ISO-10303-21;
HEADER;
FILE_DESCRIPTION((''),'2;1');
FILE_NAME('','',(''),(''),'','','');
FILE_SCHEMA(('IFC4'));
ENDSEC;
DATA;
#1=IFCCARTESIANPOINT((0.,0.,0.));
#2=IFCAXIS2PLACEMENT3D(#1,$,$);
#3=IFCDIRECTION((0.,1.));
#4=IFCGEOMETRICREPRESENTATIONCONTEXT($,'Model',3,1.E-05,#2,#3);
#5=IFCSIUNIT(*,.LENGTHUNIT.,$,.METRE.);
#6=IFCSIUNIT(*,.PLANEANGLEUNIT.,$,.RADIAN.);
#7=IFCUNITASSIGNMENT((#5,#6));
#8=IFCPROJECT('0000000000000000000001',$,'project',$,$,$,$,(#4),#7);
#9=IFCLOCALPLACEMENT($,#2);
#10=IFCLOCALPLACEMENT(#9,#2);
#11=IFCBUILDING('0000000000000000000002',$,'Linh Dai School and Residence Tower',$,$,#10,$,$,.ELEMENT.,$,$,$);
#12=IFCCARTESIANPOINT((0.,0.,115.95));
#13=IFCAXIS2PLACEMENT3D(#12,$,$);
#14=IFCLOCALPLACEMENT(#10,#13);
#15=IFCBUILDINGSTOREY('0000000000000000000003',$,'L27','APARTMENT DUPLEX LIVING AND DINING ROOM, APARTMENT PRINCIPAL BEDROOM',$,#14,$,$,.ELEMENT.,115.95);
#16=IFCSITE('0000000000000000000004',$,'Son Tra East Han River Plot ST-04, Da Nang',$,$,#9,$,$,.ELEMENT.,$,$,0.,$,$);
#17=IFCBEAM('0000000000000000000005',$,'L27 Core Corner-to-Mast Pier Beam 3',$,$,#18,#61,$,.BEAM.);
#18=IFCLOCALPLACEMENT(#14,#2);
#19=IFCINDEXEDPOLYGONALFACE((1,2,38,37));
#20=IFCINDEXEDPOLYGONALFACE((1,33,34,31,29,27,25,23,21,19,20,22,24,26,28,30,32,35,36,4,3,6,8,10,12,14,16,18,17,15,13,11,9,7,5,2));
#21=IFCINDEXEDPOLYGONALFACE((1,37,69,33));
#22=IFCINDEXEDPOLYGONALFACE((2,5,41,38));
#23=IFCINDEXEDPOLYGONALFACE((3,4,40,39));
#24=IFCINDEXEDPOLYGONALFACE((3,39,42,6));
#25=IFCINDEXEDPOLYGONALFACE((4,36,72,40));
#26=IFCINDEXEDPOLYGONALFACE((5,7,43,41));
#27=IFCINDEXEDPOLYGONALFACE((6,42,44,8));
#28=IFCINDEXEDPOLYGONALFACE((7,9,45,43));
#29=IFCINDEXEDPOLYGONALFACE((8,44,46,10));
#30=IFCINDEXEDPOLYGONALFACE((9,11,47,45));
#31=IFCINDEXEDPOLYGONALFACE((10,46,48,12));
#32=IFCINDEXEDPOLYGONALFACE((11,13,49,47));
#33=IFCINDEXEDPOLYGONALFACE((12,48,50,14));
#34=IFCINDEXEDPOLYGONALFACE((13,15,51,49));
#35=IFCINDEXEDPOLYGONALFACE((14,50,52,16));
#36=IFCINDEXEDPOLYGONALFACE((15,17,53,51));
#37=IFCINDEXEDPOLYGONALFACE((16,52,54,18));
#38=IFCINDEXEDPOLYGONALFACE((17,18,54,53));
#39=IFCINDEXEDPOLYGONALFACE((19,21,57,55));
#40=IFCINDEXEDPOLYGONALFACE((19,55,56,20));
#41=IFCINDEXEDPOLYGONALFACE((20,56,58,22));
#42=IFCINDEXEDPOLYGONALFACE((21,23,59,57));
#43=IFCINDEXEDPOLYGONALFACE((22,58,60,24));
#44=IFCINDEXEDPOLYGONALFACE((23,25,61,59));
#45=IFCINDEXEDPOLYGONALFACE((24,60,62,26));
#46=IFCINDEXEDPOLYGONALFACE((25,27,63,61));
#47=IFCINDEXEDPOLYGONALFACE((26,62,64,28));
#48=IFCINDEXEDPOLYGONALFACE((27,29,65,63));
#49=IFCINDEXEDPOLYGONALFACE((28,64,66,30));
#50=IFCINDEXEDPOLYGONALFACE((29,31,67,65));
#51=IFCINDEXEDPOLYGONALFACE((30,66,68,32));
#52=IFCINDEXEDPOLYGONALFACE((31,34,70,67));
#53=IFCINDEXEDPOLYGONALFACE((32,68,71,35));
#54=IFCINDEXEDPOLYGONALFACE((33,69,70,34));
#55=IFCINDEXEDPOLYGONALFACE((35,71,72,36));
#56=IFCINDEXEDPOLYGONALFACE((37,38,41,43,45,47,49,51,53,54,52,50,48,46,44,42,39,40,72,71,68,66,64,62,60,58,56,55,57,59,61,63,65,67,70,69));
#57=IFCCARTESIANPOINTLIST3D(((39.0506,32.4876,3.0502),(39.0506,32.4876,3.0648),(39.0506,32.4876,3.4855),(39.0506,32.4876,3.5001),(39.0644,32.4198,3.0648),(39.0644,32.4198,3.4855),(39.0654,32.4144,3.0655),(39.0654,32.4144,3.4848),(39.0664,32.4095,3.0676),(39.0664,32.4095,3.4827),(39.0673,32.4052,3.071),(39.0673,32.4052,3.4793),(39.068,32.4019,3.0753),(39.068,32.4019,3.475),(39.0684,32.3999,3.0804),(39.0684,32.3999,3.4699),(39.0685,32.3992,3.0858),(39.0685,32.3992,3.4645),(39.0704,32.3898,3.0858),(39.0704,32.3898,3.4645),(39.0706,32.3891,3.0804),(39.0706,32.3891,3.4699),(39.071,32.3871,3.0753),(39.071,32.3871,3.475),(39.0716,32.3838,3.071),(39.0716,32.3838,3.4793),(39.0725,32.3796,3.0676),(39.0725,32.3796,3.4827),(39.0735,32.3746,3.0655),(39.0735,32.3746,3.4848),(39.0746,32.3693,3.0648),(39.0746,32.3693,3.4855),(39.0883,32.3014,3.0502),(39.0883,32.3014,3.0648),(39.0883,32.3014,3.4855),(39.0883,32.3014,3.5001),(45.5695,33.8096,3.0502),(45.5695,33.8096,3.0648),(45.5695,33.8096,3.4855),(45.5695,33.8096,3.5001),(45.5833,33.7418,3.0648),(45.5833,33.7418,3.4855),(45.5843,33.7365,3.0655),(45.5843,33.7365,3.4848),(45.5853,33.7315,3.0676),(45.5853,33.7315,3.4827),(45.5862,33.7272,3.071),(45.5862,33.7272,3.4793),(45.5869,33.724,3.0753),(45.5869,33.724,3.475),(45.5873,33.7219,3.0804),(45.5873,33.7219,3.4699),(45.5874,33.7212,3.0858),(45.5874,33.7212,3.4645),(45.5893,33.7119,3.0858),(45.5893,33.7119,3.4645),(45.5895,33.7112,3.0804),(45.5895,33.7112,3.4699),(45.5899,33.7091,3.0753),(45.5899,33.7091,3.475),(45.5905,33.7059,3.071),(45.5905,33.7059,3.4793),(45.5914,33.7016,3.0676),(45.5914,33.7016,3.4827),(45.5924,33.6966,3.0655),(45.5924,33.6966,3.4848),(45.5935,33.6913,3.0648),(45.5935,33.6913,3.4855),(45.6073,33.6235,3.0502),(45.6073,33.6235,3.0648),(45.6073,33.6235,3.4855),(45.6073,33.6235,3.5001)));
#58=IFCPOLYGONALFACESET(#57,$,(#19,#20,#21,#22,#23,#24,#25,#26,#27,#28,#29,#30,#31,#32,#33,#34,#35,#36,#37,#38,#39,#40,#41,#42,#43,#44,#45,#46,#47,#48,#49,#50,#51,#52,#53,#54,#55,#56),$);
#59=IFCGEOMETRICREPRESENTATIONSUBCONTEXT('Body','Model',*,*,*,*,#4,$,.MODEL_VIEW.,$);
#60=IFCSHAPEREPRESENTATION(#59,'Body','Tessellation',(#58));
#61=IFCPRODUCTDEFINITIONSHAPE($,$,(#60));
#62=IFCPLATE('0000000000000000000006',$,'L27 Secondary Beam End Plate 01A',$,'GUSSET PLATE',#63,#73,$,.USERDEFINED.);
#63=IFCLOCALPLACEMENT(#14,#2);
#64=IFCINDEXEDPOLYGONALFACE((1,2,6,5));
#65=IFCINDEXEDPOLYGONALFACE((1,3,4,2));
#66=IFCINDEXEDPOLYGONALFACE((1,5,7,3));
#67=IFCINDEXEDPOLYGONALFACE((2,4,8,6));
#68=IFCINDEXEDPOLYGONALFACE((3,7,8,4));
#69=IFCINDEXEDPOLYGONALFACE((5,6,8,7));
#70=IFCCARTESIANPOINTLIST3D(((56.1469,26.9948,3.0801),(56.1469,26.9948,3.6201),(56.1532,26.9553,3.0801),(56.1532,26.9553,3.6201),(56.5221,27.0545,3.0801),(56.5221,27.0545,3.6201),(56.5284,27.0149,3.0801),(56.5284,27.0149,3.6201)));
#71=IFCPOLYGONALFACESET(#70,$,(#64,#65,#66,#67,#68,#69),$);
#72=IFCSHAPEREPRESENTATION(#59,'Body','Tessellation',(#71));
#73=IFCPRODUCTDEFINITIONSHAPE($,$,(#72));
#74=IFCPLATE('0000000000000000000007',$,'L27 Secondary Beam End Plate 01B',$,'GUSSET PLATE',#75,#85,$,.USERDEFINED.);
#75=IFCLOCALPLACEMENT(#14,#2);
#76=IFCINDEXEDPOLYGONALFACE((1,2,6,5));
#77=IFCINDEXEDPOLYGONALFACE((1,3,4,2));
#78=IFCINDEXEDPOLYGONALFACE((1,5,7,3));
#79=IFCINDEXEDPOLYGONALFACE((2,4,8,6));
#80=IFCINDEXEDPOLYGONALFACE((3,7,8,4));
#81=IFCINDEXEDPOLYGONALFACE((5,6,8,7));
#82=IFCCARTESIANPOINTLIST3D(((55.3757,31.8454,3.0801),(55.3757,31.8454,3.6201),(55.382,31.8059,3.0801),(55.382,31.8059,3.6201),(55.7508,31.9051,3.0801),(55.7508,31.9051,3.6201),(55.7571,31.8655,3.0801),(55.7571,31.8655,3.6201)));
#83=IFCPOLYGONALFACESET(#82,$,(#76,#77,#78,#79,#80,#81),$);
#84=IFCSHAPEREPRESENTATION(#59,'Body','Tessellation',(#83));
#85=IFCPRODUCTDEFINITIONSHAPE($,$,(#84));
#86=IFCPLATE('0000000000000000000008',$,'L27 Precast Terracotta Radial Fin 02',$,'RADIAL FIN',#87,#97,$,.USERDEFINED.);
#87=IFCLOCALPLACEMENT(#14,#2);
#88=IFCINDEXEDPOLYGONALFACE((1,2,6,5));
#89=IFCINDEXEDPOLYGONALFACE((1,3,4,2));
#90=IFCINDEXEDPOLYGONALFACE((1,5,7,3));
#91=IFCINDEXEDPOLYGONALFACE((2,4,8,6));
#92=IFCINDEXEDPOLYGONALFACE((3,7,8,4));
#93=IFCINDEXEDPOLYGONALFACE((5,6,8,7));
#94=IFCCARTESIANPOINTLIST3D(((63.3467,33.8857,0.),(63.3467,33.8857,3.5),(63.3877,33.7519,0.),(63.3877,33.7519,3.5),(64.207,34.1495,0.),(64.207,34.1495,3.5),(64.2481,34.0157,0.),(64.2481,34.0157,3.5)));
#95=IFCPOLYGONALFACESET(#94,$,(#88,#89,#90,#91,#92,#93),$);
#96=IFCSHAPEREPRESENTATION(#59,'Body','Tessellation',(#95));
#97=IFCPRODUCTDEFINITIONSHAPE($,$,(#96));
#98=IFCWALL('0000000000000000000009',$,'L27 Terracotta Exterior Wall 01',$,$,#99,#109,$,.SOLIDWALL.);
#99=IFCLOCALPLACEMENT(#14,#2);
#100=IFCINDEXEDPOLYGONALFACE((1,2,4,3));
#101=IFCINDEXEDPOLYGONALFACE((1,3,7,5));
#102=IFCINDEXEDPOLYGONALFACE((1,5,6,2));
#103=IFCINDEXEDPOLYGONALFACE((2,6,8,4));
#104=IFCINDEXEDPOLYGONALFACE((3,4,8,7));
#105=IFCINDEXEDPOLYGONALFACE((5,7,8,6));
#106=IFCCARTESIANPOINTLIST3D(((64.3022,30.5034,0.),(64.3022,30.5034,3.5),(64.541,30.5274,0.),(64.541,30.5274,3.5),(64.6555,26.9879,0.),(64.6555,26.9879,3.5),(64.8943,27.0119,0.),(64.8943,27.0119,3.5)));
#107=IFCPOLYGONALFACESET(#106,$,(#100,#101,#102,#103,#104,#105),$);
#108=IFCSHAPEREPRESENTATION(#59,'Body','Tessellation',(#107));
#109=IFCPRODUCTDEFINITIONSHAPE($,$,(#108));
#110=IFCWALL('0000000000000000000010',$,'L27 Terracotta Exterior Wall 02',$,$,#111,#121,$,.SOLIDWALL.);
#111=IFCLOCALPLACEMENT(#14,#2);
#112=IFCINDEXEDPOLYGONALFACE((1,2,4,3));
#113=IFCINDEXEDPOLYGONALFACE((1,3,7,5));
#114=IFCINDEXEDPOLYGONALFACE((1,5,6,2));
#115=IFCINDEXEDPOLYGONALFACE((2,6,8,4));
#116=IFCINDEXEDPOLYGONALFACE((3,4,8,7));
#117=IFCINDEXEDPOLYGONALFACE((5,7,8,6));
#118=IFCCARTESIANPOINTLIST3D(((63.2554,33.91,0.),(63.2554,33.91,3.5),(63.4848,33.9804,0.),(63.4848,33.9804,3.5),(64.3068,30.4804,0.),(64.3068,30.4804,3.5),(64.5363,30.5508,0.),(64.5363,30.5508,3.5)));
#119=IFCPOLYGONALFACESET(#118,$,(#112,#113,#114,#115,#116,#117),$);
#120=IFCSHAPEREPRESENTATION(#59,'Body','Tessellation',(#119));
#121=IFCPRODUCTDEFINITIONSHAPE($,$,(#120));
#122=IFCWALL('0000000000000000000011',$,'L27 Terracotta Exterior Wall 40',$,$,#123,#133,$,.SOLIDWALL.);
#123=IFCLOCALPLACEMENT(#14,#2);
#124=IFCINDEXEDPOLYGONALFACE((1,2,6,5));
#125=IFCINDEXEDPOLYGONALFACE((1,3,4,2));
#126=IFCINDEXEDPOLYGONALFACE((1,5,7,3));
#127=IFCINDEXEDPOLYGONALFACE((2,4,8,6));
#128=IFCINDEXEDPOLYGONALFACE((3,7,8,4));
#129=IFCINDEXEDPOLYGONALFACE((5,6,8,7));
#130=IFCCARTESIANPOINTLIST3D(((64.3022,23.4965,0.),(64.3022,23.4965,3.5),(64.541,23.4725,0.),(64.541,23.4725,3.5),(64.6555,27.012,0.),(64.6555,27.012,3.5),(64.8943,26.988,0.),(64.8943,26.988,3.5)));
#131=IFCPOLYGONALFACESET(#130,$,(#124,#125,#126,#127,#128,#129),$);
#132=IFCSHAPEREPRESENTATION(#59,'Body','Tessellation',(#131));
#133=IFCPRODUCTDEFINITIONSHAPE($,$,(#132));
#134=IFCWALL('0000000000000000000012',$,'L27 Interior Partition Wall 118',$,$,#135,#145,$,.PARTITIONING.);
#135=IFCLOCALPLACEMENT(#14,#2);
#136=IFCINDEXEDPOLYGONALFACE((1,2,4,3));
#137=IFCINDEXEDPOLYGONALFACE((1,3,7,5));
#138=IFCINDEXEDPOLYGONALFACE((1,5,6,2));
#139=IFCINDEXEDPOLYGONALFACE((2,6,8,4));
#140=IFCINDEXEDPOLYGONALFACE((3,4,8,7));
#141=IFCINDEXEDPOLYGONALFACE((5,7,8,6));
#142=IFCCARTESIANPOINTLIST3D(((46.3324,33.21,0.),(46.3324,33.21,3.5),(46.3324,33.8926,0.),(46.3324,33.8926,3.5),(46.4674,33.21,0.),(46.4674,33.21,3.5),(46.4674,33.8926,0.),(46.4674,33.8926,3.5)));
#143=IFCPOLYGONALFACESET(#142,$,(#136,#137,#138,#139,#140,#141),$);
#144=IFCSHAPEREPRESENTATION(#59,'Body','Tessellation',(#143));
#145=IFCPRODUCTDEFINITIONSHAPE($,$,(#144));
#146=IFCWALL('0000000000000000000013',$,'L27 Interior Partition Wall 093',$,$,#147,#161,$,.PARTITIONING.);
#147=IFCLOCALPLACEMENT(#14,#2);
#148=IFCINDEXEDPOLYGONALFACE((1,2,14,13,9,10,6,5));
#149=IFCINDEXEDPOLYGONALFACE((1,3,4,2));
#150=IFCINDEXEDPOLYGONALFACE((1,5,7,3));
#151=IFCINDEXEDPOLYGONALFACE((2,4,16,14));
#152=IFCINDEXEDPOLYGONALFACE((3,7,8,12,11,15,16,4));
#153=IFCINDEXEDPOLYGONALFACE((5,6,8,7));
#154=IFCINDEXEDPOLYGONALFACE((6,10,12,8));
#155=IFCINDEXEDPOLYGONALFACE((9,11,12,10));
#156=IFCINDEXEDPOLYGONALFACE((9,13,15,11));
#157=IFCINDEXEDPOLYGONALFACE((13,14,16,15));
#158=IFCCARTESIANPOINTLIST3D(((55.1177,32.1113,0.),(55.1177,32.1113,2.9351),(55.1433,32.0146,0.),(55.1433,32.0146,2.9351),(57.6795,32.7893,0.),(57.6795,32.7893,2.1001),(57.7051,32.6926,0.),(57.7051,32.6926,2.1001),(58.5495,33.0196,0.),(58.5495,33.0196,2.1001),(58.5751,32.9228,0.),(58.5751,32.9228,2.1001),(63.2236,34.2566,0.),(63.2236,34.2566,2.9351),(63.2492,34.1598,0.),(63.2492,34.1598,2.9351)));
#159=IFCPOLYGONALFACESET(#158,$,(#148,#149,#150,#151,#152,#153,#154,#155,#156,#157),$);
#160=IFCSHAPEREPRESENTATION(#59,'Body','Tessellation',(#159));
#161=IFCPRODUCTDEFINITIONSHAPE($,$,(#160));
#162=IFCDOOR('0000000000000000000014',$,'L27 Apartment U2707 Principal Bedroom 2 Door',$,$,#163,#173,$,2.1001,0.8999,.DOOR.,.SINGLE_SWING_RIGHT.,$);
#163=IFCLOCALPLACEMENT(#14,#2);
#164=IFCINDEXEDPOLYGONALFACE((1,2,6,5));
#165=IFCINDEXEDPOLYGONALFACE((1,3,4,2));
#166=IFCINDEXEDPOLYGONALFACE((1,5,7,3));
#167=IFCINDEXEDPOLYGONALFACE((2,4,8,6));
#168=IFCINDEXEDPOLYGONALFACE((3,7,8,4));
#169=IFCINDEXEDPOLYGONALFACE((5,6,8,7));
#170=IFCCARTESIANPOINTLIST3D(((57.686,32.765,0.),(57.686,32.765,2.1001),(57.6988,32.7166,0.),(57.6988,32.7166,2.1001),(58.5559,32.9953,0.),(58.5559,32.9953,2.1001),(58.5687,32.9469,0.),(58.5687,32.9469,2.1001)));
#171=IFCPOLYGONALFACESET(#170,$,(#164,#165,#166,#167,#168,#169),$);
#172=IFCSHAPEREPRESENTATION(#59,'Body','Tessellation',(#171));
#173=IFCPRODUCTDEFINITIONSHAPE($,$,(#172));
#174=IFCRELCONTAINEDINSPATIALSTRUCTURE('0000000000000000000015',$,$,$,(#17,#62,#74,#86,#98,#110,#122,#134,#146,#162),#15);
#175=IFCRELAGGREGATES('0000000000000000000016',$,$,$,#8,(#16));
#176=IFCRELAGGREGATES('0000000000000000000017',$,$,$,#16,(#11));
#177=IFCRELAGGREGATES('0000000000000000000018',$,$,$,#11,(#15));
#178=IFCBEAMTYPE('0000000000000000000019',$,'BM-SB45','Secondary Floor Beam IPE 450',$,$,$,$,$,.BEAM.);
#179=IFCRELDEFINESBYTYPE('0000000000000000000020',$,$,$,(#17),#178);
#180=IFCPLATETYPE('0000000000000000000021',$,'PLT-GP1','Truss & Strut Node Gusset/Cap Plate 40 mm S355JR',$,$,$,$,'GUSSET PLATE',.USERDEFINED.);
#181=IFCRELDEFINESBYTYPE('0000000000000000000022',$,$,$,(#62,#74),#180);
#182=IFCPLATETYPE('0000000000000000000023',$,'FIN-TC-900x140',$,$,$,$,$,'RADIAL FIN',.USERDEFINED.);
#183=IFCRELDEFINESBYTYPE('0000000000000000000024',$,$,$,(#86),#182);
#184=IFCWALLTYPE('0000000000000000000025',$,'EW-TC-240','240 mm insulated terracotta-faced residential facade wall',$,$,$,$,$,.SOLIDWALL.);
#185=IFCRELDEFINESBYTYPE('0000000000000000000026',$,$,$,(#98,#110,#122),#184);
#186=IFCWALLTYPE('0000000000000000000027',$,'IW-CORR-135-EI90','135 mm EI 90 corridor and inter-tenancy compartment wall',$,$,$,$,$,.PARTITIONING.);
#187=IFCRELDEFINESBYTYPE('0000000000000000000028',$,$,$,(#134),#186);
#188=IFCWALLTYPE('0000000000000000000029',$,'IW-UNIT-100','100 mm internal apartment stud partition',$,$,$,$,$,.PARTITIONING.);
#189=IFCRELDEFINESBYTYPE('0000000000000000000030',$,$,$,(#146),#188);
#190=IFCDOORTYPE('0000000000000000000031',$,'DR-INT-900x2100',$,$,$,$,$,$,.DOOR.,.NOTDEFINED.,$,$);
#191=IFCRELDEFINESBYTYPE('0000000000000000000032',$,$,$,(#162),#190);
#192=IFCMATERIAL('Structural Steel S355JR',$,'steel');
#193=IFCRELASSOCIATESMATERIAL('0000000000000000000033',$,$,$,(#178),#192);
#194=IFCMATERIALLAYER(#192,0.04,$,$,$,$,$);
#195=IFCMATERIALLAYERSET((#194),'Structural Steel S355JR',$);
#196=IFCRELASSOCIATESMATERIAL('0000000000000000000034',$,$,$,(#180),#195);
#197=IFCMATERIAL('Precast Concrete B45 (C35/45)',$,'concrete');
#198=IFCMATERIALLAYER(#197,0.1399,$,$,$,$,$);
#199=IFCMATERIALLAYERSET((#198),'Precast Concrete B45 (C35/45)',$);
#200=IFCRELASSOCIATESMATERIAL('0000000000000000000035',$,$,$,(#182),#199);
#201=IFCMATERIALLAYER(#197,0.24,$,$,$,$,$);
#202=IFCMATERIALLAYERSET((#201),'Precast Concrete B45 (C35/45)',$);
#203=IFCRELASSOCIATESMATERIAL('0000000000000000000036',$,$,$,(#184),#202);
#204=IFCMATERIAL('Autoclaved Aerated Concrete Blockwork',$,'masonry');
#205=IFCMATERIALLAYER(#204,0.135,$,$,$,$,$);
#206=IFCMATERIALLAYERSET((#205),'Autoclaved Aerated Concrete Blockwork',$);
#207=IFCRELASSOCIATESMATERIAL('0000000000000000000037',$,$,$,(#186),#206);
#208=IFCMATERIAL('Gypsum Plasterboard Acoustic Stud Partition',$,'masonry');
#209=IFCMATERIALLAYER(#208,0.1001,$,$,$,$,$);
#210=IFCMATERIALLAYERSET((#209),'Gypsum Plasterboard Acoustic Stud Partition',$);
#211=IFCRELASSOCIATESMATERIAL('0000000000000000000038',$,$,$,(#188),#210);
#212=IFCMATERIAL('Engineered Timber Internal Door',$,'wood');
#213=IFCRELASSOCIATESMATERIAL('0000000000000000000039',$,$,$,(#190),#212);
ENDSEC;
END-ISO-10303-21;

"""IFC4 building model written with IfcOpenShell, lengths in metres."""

from ifc_helpers import new_model, si_unit, direction, frame, frame_2d, origin, origin_2d, place, context, subcontext, project, spatial, rectangle, i_section, extrude, source, transform, mapped, material, layer, layer_set, material_profile, profile_set, type_object, element, fill, save


model = new_model("IFC4")

# Units and contexts
model_context = context("Model", 3, precision=1e-05, world=origin(), true_north=direction((0.0, 1.0)))
body_context = subcontext(model_context, "Body", "Model", "MODEL_VIEW")
ifc_project = project(units=[si_unit("LENGTHUNIT", "METRE"), si_unit("PLANEANGLEUNIT", "RADIAN")], contexts=[model_context])

# Site, building, storey
site_placement = place(None, origin())
site = spatial("IfcSite", under=ifc_project, at=site_placement, Name="Son Tra East Han River Plot ST-04, Da Nang", CompositionType="ELEMENT", RefElevation=0.0)
building_placement = place(site_placement, origin())
building = spatial("IfcBuilding", under=site, at=building_placement, Name="Linh Dai School and Residence Tower", CompositionType="ELEMENT")
storey_placement = place(building_placement, frame((0.0, 0.0, 115.95)))
storey = spatial("IfcBuildingStorey", under=building, at=storey_placement, Name="L27", Description="APARTMENT DUPLEX LIVING AND DINING ROOM, APARTMENT PRINCIPAL BEDROOM", CompositionType="ELEMENT", Elevation=115.95)

# Shared definitions
ifc_material_1 = material(Name="Structural Steel S355JR", Category="steel")

# Beam
ifc_material_profile_1 = material_profile(ifc_material_1, i_section(OverallWidth=0.1899, OverallDepth=0.45, WebThickness=0.0095, FlangeThickness=0.0146, FilletRadius=0.021, at=origin_2d()), Name="IPE 450")
ifc_profile_set_1 = profile_set([ifc_material_profile_1], Name="Structural Steel S355JR")
beam_type_1 = type_object("IfcBeamType", Name="BM-SB45", Description="Secondary Floor Beam IPE 450", PredefinedType="BEAM", material=ifc_profile_set_1)
beam_1_placement = place(storey_placement, frame((45.5884, 33.7166, 3.2751), z_axis=(-0.980049, -0.198755, 0.0), x_axis=(0.198755, -0.980049, 0.0)))
element("IfcBeam", 1, at=beam_1_placement, inside=storey, type_object=beam_type_1, Name="L27 Core Corner-to-Mast Pier Beam 3", PredefinedType="BEAM", context=body_context, shape_type="SweptSolid", body=[
    extrude(i_section(OverallWidth=0.1899, OverallDepth=0.45, WebThickness=0.0095, FlangeThickness=0.0146, FilletRadius=0.021, at=origin_2d()), origin(), (0.0, 0.0, 1.0), 6.6516),
])

# Plates
ifc_layer_1 = layer(ifc_material_1, 0.04)
ifc_layer_set_1 = layer_set([ifc_layer_1], Name="Structural Steel S355JR")
plate_type_1 = type_object("IfcPlateType", Name="PLT-GP1", Description="Truss & Strut Node Gusset/Cap Plate 40 mm S355JR", ElementType="GUSSET PLATE", PredefinedType="USERDEFINED", material=ifc_layer_set_1)
shared_shape_1 = source(origin(), body_context, "Body", "SweptSolid", [
    extrude(rectangle(XDim=0.04, YDim=0.3799, at=origin_2d()), origin(), (0.0, 0.0, 1.0), 0.54),
])
for number, where, z_axis, x_axis, name in (
    (2, (56.3376, 27.0049, 3.0801), (0.0, 0.0, 1.0), (-0.157025, 0.987595, 0.0), "L27 Secondary Beam End Plate 01A"),
    (3, (55.5664, 31.8555, 3.0801), (0.0, 0.0, 1.0), (-0.157025, 0.987595, 0.0), "L27 Secondary Beam End Plate 01B"),
):
    element("IfcPlate", number, at=place(storey_placement, frame(where, z_axis=z_axis, x_axis=x_axis)), inside=storey, type_object=plate_type_1, Name=name, ObjectType="GUSSET PLATE", PredefinedType="USERDEFINED", context=body_context, shape_type="MappedRepresentation", body=[
        mapped(shared_shape_1, transform((0.0, 0.0, 0.0), x_axis=(1.0, 0.0, 0.0), y_axis=(0.0, 1.0, 0.0), z_axis=(0.0, 0.0, 1.0), scale=1.0)),
    ])
ifc_material_2 = material(Name="Precast Concrete B45 (C35/45)", Category="concrete")
ifc_layer_2 = layer(ifc_material_2, 0.1399)
ifc_layer_set_2 = layer_set([ifc_layer_2], Name="Precast Concrete B45 (C35/45)")
plate_type_2 = type_object("IfcPlateType", Name="FIN-TC-900x140", ElementType="RADIAL FIN", PredefinedType="USERDEFINED", material=ifc_layer_set_2)
shared_shape_2 = source(origin(), body_context, "Body", "SweptSolid", [
    extrude(rectangle(XDim=0.8999, YDim=0.1399, at=origin_2d()), origin(), (0.0, 0.0, 1.0), 3.5),
])
plate_placement = place(storey_placement, frame((63.7974, 33.9507, 0.0), z_axis=(0.0, 0.0, 1.0), x_axis=(0.956072, 0.293134, 0.0)))
element("IfcPlate", 4, at=plate_placement, inside=storey, type_object=plate_type_2, Name="L27 Precast Terracotta Radial Fin 02", ObjectType="RADIAL FIN", PredefinedType="USERDEFINED", context=body_context, shape_type="MappedRepresentation", body=[
    mapped(shared_shape_2, transform((0.0, 0.0, 0.0), x_axis=(1.0, 0.0, 0.0), y_axis=(0.0, 1.0, 0.0), z_axis=(0.0, 0.0, 1.0), scale=1.0)),
])

# Walls
ifc_layer_3 = layer(ifc_material_2, 0.24)
ifc_layer_set_3 = layer_set([ifc_layer_3], Name="Precast Concrete B45 (C35/45)")
wall_type_1 = type_object("IfcWallType", Name="EW-TC-240", Description="240 mm insulated terracotta-faced residential facade wall", PredefinedType="SOLIDWALL", material=ifc_layer_set_3)
wall_1_placement = place(storey_placement, frame((64.4216, 30.5154, 0.0), z_axis=(0.0, 0.0, 1.0), x_axis=(0.099989, -0.994988, 0.0)))
element("IfcWall", 5, at=wall_1_placement, inside=storey, type_object=wall_type_1, Name="L27 Terracotta Exterior Wall 01", PredefinedType="SOLIDWALL", context=body_context, shape_type="SweptSolid", body=[
    extrude(rectangle(XDim=3.5332, YDim=0.24, at=frame_2d((1.7666, 0.0))), origin(), (0.0, 0.0, 1.0), 3.5),
])
wall_2_placement = place(storey_placement, frame((63.3701, 33.9451, 0.0), z_axis=(0.0, 0.0, 1.0), x_axis=(0.293124, -0.956074, 0.0)))
element("IfcWall", 6, at=wall_2_placement, inside=storey, type_object=wall_type_1, Name="L27 Terracotta Exterior Wall 02", PredefinedType="SOLIDWALL", context=body_context, shape_type="SweptSolid", body=[
    extrude(rectangle(XDim=3.5872, YDim=0.24, at=frame_2d((1.7935, 0.0))), origin(), (0.0, 0.0, 1.0), 3.5),
])
wall_3_placement = place(storey_placement, frame((64.7749, 27.0, 0.0), z_axis=(0.0, 0.0, 1.0), x_axis=(-0.099989, -0.994988, 0.0)))
element("IfcWall", 7, at=wall_3_placement, inside=storey, type_object=wall_type_1, Name="L27 Terracotta Exterior Wall 40", PredefinedType="SOLIDWALL", context=body_context, shape_type="SweptSolid", body=[
    extrude(rectangle(XDim=3.5332, YDim=0.24, at=frame_2d((1.7666, 0.0))), origin(), (0.0, 0.0, 1.0), 3.5),
])
ifc_material_3 = material(Name="Autoclaved Aerated Concrete Blockwork", Category="masonry")
ifc_layer_4 = layer(ifc_material_3, 0.135)
ifc_layer_set_4 = layer_set([ifc_layer_4], Name="Autoclaved Aerated Concrete Blockwork")
wall_type_2 = type_object("IfcWallType", Name="IW-CORR-135-EI90", Description="135 mm EI 90 corridor and inter-tenancy compartment wall", PredefinedType="PARTITIONING", material=ifc_layer_set_4)
wall_4_placement = place(storey_placement, frame((46.3999, 33.21, 0.0), z_axis=(0.0, 0.0, 1.0), x_axis=(0.0, 1.0, 0.0)))
element("IfcWall", 8, at=wall_4_placement, inside=storey, type_object=wall_type_2, Name="L27 Interior Partition Wall 118", PredefinedType="PARTITIONING", context=body_context, shape_type="SweptSolid", body=[
    extrude(rectangle(XDim=0.6826, YDim=0.135, at=frame_2d((0.3413, 0.0))), origin(), (0.0, 0.0, 1.0), 3.5),
])

# Wall, opening, door
ifc_material_4 = material(Name="Gypsum Plasterboard Acoustic Stud Partition", Category="masonry")
ifc_layer_5 = layer(ifc_material_4, 0.1001)
ifc_layer_set_5 = layer_set([ifc_layer_5], Name="Gypsum Plasterboard Acoustic Stud Partition")
wall_type_3 = type_object("IfcWallType", Name="IW-UNIT-100", Description="100 mm internal apartment stud partition", PredefinedType="PARTITIONING", material=ifc_layer_set_5)
wall_5_placement = place(storey_placement, frame((55.1306, 32.063, 0.0), z_axis=(0.0, 0.0, 1.0), x_axis=(0.966718, 0.255845, 0.0)))
wall_5 = element("IfcWall", 9, at=wall_5_placement, inside=storey, type_object=wall_type_3, Name="L27 Interior Partition Wall 093", PredefinedType="PARTITIONING", context=body_context, shape_type="SweptSolid", body=[
    extrude(rectangle(XDim=8.385, YDim=0.1001, at=frame_2d((4.1924, 0.0))), origin(), (0.0, 0.0, 1.0), 2.9351),
])
opening_1_placement = place(wall_5_placement, frame((2.6499, 0.0, 0.0)))
opening_1 = element("IfcOpeningElement", 10, at=opening_1_placement, cuts=wall_5, PredefinedType="OPENING", context=body_context, shape_type="SweptSolid", body=[
    extrude(rectangle(XDim=0.8999, YDim=2.1001, at=origin_2d()), frame((0.45, 0.0601, 1.05), z_axis=(0.0, -1.0, 0.0), x_axis=(1.0, 0.0, 0.0)), (0.0, 0.0, 1.0), 0.1201),
])
ifc_material_5 = material(Name="Engineered Timber Internal Door", Category="wood")
door_type_1 = type_object("IfcDoorType", Name="DR-INT-900x2100", OperationType="NOTDEFINED", PredefinedType="DOOR", material=ifc_material_5)
shared_shape_3 = source(origin(), body_context, "Body", "SweptSolid", [
    extrude(rectangle(XDim=0.8999, YDim=2.1001, at=origin_2d()), frame((0.45, 0.0249, 1.05), z_axis=(0.0, -1.0, 0.0), x_axis=(1.0, 0.0, 0.0)), (0.0, 0.0, 1.0), 0.05),
])
door_1_placement = place(opening_1_placement, origin())
door_1 = element("IfcDoor", 11, at=door_1_placement, inside=storey, type_object=door_type_1, Name="L27 Apartment U2707 Principal Bedroom 2 Door", OperationType="SINGLE_SWING_RIGHT", OverallHeight=2.1001, OverallWidth=0.8999, PredefinedType="DOOR", context=body_context, shape_type="MappedRepresentation", body=[
    mapped(shared_shape_3, transform((0.0, 0.0, 0.0), x_axis=(1.0, 0.0, 0.0), y_axis=(0.0, 1.0, 0.0), z_axis=(0.0, 0.0, 1.0), scale=1.0)),
])
fill(opening_1, door_1)

save(model, "model.ifc")
